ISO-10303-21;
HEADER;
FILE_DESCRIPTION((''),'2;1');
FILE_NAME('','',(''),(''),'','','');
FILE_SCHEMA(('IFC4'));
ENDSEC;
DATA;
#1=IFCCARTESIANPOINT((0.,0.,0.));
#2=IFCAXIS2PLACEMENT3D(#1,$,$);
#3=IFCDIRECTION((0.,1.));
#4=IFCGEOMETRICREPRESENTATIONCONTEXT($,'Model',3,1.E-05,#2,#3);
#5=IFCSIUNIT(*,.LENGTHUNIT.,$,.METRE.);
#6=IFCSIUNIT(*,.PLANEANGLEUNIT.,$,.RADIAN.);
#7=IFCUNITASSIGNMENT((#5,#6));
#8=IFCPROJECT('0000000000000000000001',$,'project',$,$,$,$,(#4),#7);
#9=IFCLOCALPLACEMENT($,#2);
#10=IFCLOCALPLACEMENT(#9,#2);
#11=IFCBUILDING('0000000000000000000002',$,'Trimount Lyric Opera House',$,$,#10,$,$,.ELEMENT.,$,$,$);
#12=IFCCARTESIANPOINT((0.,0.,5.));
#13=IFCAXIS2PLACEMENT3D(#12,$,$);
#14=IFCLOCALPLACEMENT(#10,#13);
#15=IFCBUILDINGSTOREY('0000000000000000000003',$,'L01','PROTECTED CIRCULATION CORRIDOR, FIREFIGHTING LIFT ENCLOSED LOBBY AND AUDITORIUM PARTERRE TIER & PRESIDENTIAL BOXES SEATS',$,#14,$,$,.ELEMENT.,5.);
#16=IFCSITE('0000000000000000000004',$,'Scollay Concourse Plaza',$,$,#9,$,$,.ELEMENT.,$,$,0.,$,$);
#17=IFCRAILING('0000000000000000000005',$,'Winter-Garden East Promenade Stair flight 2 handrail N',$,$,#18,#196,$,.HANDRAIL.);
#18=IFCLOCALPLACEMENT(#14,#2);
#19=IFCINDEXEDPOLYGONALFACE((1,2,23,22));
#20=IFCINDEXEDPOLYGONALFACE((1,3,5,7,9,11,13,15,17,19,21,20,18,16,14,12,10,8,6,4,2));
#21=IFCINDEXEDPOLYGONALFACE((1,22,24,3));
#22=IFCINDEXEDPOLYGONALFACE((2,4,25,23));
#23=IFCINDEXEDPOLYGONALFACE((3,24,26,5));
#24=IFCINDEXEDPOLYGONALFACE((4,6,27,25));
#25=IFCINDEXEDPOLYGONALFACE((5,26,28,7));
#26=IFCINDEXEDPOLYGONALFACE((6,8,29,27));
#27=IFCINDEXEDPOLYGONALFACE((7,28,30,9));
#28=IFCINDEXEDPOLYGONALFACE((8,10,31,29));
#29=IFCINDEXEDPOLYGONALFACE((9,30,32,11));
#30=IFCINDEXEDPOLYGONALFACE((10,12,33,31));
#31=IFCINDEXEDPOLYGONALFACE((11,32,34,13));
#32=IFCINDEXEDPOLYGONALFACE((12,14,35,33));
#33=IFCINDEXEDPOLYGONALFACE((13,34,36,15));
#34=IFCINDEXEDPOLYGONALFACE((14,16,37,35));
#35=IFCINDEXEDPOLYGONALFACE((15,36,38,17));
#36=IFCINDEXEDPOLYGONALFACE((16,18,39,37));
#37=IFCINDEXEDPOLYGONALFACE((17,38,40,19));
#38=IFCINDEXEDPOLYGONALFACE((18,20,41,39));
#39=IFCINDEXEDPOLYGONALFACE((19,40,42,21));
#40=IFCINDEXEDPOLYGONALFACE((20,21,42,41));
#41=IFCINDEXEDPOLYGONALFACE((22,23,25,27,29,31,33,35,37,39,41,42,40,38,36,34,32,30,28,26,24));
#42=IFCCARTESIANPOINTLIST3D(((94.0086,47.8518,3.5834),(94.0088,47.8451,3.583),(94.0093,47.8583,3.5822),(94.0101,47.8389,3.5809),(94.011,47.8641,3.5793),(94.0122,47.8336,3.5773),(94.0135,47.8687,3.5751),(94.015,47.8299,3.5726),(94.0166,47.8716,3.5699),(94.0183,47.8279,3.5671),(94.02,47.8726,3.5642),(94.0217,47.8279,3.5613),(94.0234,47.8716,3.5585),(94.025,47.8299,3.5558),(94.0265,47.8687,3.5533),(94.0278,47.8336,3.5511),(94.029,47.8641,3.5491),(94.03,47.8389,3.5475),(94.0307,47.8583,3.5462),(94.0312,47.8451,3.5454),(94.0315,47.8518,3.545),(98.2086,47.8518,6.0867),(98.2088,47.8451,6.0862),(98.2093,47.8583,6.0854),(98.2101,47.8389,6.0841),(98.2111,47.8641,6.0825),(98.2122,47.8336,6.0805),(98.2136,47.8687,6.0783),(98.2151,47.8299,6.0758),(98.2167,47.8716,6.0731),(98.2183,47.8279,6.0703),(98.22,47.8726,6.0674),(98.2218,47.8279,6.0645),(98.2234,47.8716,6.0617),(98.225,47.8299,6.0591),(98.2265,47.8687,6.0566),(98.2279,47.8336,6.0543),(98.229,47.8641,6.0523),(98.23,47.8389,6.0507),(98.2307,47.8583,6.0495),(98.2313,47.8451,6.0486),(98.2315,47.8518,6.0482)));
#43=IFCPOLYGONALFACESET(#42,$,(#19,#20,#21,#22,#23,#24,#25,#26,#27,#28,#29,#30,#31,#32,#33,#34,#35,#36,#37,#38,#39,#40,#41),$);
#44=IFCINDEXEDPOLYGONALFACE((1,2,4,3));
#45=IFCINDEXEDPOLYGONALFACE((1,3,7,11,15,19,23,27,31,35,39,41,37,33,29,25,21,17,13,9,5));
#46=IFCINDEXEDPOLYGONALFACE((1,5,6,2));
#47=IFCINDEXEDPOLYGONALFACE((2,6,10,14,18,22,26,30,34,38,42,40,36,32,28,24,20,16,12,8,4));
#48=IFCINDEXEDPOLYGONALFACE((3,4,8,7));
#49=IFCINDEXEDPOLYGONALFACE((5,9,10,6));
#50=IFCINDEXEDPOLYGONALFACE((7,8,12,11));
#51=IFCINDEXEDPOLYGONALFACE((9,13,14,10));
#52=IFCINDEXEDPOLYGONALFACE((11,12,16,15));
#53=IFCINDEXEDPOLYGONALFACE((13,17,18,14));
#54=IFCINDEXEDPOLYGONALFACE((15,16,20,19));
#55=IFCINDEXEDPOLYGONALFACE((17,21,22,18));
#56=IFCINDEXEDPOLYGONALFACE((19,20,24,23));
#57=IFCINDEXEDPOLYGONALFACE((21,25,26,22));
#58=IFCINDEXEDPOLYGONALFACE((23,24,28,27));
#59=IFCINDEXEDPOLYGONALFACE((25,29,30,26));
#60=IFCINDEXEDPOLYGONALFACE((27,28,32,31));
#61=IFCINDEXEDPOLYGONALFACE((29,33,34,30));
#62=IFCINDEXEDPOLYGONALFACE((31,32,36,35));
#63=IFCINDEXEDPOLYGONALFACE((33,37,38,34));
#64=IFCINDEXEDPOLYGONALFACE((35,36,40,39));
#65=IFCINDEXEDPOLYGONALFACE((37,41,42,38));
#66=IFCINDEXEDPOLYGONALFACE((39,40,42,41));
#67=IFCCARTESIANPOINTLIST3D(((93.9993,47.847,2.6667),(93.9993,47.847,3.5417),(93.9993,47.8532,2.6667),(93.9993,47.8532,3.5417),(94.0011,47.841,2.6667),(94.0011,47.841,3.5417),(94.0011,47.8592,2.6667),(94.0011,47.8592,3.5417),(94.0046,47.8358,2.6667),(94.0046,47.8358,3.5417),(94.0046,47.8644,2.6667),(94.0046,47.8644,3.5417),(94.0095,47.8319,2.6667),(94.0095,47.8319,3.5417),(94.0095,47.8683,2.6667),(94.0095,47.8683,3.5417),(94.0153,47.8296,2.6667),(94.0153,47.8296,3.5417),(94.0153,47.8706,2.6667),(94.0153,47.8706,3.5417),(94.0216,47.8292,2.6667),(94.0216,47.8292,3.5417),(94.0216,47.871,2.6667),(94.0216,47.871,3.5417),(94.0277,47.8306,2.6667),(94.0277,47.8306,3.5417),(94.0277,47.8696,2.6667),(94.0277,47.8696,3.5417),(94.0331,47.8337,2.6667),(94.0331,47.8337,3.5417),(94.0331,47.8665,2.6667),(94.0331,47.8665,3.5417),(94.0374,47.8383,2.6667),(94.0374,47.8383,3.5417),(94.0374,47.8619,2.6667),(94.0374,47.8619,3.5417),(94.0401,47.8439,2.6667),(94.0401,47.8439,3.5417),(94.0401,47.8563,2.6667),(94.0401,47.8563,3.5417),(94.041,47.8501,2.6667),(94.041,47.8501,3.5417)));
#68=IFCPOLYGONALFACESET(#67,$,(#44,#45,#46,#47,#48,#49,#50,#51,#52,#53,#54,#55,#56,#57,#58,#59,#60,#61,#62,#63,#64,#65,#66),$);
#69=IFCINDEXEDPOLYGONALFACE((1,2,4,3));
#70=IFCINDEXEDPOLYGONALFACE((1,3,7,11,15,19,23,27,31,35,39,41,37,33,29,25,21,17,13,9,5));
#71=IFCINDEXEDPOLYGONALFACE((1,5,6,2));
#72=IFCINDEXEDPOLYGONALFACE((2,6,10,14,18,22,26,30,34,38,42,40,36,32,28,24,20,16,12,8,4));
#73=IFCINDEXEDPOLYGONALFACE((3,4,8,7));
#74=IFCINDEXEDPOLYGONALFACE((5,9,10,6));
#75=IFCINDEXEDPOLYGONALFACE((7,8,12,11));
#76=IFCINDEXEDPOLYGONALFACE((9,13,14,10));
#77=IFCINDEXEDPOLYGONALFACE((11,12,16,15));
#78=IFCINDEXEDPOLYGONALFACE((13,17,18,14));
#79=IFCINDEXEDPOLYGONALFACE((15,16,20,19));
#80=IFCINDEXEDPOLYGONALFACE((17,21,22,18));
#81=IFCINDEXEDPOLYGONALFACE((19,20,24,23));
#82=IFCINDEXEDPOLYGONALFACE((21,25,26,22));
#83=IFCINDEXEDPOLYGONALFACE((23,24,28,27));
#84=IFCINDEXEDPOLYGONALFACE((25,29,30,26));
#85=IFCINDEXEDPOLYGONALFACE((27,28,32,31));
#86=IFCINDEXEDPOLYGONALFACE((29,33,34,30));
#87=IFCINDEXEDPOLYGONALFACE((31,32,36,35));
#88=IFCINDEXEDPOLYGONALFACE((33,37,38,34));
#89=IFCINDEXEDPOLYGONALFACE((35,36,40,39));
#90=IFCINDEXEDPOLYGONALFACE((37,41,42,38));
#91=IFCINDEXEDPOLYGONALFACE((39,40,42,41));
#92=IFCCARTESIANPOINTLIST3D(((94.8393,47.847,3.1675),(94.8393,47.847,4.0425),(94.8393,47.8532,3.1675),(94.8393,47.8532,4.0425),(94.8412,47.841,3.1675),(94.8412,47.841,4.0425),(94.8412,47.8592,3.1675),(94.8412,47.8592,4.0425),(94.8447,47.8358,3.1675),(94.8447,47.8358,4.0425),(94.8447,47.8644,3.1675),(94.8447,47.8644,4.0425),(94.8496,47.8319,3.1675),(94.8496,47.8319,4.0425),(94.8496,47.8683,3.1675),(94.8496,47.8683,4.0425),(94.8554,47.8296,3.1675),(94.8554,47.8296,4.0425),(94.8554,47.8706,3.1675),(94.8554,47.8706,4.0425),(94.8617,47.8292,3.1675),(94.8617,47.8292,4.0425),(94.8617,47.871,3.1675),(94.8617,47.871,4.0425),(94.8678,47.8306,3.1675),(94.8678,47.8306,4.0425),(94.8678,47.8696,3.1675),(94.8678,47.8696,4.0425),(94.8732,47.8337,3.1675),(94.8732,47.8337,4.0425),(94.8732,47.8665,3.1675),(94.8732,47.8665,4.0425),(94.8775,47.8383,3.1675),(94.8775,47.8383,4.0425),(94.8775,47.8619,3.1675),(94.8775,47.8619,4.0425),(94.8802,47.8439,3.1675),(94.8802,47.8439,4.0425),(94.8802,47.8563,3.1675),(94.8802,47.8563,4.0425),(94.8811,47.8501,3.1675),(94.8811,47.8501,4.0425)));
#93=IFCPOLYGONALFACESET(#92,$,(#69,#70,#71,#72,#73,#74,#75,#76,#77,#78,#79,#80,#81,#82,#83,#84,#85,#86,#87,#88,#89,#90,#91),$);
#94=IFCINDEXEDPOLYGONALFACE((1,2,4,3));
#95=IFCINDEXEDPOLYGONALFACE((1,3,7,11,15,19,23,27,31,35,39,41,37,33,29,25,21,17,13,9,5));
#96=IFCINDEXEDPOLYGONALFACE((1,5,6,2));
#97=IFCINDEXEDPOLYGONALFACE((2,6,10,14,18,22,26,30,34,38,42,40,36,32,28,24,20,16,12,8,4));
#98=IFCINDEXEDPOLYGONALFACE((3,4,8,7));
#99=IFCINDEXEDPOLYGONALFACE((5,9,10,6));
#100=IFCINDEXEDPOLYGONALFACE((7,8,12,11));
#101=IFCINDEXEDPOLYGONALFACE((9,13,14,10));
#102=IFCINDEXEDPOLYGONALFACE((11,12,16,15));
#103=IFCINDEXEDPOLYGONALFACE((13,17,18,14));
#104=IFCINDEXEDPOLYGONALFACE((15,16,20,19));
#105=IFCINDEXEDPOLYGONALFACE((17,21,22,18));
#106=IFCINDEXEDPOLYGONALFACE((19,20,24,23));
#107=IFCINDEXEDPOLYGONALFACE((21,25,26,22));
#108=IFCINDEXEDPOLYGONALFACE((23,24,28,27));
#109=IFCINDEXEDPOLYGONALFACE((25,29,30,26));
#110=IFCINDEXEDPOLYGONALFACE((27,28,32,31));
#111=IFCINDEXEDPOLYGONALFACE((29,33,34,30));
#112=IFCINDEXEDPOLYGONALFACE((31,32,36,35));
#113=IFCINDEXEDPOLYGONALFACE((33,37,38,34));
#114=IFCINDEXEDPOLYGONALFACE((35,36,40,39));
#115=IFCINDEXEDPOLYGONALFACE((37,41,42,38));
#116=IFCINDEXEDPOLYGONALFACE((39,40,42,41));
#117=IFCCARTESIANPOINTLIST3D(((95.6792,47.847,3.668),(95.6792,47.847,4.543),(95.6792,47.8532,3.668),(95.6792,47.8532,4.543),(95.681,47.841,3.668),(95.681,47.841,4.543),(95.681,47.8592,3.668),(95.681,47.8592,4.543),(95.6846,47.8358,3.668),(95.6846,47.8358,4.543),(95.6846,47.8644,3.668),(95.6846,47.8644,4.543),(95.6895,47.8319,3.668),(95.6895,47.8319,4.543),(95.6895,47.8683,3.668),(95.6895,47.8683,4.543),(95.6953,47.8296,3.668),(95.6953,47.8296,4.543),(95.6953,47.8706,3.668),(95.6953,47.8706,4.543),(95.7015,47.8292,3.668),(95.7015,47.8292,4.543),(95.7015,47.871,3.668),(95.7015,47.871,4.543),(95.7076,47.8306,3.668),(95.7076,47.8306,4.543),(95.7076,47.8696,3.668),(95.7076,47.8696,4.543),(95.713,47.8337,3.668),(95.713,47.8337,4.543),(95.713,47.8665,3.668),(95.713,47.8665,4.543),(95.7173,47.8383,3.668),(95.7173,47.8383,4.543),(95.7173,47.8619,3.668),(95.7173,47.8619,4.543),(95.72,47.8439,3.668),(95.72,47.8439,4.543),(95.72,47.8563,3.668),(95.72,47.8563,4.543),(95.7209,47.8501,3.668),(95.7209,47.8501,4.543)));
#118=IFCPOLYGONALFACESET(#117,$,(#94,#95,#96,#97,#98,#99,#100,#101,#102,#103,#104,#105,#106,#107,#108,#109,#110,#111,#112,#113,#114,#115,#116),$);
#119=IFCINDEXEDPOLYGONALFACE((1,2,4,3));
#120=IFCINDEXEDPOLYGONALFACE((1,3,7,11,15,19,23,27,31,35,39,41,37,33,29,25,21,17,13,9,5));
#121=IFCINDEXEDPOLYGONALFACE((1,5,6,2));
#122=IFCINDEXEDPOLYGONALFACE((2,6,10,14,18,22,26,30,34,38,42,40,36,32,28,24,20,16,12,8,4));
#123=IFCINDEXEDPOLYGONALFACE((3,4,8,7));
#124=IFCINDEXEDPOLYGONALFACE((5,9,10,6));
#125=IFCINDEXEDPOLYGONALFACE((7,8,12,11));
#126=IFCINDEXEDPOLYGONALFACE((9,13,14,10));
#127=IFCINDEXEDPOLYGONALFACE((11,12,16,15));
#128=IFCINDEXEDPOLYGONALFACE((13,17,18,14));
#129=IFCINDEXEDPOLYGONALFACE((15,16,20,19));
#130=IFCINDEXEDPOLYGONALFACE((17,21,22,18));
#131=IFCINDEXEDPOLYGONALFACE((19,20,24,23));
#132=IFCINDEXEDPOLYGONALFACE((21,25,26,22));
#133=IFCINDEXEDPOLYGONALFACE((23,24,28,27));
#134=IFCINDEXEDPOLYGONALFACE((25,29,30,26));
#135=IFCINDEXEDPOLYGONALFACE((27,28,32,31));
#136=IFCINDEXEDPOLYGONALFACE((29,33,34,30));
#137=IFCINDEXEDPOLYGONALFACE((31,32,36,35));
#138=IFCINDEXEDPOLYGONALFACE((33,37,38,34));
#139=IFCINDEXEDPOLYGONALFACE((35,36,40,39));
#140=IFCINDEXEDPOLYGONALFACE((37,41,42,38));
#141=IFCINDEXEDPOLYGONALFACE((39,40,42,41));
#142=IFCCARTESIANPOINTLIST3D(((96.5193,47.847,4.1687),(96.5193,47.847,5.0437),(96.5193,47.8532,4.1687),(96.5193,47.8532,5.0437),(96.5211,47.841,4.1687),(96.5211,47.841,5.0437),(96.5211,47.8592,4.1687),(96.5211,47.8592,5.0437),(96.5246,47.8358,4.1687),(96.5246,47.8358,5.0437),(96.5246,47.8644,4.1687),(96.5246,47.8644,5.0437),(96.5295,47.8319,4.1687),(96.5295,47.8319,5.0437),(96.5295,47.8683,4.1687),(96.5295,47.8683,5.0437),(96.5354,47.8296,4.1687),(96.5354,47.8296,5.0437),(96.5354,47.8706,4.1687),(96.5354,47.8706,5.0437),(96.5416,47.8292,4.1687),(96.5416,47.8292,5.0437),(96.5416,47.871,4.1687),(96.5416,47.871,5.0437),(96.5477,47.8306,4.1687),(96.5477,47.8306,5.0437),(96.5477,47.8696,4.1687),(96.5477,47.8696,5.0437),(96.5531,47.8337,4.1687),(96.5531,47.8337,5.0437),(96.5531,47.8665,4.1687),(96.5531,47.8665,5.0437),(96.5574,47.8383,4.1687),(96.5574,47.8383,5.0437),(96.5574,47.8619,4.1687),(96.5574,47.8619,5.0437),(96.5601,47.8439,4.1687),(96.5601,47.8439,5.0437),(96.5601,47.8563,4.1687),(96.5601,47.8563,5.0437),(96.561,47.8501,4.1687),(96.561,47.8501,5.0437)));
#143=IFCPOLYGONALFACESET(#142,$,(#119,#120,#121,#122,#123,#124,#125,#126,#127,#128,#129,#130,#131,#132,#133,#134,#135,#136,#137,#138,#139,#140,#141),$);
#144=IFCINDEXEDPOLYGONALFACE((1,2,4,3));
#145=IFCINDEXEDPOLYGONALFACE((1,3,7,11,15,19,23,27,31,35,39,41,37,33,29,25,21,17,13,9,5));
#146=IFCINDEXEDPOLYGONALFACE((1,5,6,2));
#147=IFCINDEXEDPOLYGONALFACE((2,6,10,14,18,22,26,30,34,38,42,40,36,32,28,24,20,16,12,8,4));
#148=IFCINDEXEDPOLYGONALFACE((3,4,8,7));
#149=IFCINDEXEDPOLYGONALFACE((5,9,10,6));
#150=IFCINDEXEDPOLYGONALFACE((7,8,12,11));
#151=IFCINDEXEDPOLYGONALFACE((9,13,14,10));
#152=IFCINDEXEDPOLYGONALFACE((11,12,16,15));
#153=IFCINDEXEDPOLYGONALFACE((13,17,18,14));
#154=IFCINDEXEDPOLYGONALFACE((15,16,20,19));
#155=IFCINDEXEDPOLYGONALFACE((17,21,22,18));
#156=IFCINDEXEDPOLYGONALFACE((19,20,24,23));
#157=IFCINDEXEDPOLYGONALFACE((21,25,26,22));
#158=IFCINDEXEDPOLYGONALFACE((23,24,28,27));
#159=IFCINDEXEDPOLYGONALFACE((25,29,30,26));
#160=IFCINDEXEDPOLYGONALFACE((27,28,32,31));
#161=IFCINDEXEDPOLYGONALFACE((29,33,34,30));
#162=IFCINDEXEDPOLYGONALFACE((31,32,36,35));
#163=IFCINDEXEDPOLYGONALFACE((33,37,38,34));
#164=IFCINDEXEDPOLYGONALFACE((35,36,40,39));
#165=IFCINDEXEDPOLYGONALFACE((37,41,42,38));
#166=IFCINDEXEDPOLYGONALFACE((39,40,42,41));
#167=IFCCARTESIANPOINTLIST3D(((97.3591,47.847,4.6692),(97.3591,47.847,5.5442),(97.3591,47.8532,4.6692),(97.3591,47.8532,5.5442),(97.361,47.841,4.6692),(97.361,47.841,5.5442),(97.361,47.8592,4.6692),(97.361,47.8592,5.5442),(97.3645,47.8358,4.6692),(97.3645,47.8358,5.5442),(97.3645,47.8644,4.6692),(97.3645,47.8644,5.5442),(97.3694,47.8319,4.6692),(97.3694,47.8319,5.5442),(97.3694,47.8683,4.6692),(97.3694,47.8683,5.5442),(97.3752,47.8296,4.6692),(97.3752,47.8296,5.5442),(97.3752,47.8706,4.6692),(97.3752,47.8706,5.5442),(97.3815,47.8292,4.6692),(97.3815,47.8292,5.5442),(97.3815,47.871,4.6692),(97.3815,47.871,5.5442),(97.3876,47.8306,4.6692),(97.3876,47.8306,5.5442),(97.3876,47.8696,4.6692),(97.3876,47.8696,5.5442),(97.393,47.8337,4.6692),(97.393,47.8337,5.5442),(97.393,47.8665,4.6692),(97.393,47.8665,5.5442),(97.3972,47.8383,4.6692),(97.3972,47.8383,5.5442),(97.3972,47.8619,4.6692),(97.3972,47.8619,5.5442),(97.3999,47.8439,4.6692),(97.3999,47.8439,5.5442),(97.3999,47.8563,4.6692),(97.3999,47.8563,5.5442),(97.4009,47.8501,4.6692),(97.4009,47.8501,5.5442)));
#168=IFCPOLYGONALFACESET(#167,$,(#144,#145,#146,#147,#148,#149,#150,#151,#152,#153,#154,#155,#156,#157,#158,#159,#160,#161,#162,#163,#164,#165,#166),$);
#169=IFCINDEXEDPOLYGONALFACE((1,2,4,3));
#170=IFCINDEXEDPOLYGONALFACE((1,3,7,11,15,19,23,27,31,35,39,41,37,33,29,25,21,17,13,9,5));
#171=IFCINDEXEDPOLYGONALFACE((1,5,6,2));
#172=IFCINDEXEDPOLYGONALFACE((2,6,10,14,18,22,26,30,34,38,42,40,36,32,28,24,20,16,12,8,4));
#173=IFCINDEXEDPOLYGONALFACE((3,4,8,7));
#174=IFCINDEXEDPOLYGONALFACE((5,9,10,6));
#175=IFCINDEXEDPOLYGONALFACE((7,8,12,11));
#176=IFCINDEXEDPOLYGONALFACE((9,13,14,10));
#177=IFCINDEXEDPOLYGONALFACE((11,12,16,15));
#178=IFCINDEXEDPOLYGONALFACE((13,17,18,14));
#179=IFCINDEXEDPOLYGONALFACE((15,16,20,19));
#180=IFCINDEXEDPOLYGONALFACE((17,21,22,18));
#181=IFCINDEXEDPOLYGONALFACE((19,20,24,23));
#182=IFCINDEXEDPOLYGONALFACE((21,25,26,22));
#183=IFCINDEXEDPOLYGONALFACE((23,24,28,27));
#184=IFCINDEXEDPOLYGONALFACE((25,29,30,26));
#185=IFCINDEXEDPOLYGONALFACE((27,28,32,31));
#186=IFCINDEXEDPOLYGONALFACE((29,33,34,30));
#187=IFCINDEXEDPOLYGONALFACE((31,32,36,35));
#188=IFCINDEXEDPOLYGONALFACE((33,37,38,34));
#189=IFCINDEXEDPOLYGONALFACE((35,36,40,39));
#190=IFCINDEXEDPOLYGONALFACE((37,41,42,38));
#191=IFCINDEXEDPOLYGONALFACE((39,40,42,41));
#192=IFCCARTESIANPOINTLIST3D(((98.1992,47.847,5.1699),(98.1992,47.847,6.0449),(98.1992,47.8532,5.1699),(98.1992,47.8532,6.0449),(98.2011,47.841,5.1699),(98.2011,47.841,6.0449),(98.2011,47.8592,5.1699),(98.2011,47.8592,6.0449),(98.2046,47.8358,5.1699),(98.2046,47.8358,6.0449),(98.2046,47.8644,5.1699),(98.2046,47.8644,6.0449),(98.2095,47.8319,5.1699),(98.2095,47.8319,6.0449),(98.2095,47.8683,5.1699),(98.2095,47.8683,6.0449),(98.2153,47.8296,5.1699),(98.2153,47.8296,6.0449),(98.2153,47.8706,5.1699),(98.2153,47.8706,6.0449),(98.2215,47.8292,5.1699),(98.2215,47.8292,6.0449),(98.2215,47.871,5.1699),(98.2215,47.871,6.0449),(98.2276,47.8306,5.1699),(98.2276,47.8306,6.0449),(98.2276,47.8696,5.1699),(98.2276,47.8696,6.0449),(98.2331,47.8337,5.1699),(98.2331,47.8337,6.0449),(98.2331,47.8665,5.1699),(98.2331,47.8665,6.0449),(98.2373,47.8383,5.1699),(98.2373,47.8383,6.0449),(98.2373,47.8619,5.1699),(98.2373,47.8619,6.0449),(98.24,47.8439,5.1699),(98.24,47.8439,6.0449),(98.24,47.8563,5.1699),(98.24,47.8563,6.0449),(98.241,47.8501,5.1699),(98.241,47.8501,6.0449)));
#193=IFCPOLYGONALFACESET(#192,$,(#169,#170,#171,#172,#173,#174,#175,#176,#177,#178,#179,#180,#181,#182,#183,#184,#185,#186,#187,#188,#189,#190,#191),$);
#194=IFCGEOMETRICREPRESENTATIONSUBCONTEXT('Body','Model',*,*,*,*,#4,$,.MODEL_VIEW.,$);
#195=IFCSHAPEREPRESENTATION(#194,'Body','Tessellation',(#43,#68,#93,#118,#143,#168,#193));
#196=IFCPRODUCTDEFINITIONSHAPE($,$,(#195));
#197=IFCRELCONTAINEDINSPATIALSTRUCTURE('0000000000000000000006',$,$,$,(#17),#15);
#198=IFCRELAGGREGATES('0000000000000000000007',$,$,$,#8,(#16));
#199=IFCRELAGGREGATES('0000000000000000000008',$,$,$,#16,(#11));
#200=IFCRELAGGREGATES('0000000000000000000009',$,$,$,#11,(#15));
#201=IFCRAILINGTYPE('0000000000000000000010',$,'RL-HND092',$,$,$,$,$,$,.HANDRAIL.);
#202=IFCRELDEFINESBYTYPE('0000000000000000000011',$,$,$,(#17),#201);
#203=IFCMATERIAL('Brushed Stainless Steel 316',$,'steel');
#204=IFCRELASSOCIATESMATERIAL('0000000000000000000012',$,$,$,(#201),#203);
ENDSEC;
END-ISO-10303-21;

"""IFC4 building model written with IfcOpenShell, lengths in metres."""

from ifc_helpers import new_model, si_unit, direction, frame, origin, origin_2d, place, context, subcontext, project, spatial, circle, extrude, material, type_object, element, save


model = new_model("IFC4")

# Units and contexts
model_context = context("Model", 3, precision=1e-05, world=origin(), true_north=direction((0.0, 1.0)))
body_context = subcontext(model_context, "Body", "Model", "MODEL_VIEW")
ifc_project = project(units=[si_unit("LENGTHUNIT", "METRE"), si_unit("PLANEANGLEUNIT", "RADIAN")], contexts=[model_context])

# Site, building, storey
site_placement = place(None, origin())
site = spatial("IfcSite", under=ifc_project, at=site_placement, Name="Scollay Concourse Plaza", CompositionType="ELEMENT", RefElevation=0.0)
building_placement = place(site_placement, origin())
building = spatial("IfcBuilding", under=site, at=building_placement, Name="Trimount Lyric Opera House", CompositionType="ELEMENT")
storey_placement = place(building_placement, frame((0.0, 0.0, 5.0)))
storey = spatial("IfcBuildingStorey", under=building, at=storey_placement, Name="L01", Description="PROTECTED CIRCULATION CORRIDOR, FIREFIGHTING LIFT ENCLOSED LOBBY AND AUDITORIUM PARTERRE TIER & PRESIDENTIAL BOXES SEATS", CompositionType="ELEMENT", Elevation=5.0)

# Railing
ifc_material_1 = material(Name="Brushed Stainless Steel 316", Category="steel")
railing_type_1 = type_object("IfcRailingType", Name="RL-HND092", PredefinedType="HANDRAIL", material=ifc_material_1)
for number, where, name in (
    (1, (94.02, 47.8501, 2.6667), "Winter-Garden East Promenade Stair flight 2 handrail N"),
):
    element("IfcRailing", number, at=place(storey_placement, frame(where)), inside=storey, type_object=railing_type_1, Name=name, PredefinedType="HANDRAIL", context=body_context, shape_type="SweptSolid", body=[
        extrude(circle(Radius=0.0225, at=origin_2d()), frame((0.0, 0.0, 0.8975), z_axis=(0.859005, 0.0, 0.511967), x_axis=(0.0, 1.0, 0.0)), (0.0, 0.0, 1.0), 4.8894),
        extrude(circle(Radius=0.021, at=origin_2d()), origin(), (0.0, 0.0, 1.0), 0.875),
        extrude(circle(Radius=0.021, at=origin_2d()), frame((0.8401, 0.0, 0.5007)), (0.0, 0.0, 1.0), 0.875),
        extrude(circle(Radius=0.021, at=origin_2d()), frame((1.6799, 0.0, 1.0012)), (0.0, 0.0, 1.0), 0.875),
        extrude(circle(Radius=0.021, at=origin_2d()), frame((2.52, 0.0, 1.502)), (0.0, 0.0, 1.0), 0.875),
        extrude(circle(Radius=0.021, at=origin_2d()), frame((3.3599, 0.0, 2.0024)), (0.0, 0.0, 1.0), 0.875),
        extrude(circle(Radius=0.021, at=origin_2d()), frame((4.2, 0.0, 2.5032)), (0.0, 0.0, 1.0), 0.875),
    ])

save(model, "model.ifc")
